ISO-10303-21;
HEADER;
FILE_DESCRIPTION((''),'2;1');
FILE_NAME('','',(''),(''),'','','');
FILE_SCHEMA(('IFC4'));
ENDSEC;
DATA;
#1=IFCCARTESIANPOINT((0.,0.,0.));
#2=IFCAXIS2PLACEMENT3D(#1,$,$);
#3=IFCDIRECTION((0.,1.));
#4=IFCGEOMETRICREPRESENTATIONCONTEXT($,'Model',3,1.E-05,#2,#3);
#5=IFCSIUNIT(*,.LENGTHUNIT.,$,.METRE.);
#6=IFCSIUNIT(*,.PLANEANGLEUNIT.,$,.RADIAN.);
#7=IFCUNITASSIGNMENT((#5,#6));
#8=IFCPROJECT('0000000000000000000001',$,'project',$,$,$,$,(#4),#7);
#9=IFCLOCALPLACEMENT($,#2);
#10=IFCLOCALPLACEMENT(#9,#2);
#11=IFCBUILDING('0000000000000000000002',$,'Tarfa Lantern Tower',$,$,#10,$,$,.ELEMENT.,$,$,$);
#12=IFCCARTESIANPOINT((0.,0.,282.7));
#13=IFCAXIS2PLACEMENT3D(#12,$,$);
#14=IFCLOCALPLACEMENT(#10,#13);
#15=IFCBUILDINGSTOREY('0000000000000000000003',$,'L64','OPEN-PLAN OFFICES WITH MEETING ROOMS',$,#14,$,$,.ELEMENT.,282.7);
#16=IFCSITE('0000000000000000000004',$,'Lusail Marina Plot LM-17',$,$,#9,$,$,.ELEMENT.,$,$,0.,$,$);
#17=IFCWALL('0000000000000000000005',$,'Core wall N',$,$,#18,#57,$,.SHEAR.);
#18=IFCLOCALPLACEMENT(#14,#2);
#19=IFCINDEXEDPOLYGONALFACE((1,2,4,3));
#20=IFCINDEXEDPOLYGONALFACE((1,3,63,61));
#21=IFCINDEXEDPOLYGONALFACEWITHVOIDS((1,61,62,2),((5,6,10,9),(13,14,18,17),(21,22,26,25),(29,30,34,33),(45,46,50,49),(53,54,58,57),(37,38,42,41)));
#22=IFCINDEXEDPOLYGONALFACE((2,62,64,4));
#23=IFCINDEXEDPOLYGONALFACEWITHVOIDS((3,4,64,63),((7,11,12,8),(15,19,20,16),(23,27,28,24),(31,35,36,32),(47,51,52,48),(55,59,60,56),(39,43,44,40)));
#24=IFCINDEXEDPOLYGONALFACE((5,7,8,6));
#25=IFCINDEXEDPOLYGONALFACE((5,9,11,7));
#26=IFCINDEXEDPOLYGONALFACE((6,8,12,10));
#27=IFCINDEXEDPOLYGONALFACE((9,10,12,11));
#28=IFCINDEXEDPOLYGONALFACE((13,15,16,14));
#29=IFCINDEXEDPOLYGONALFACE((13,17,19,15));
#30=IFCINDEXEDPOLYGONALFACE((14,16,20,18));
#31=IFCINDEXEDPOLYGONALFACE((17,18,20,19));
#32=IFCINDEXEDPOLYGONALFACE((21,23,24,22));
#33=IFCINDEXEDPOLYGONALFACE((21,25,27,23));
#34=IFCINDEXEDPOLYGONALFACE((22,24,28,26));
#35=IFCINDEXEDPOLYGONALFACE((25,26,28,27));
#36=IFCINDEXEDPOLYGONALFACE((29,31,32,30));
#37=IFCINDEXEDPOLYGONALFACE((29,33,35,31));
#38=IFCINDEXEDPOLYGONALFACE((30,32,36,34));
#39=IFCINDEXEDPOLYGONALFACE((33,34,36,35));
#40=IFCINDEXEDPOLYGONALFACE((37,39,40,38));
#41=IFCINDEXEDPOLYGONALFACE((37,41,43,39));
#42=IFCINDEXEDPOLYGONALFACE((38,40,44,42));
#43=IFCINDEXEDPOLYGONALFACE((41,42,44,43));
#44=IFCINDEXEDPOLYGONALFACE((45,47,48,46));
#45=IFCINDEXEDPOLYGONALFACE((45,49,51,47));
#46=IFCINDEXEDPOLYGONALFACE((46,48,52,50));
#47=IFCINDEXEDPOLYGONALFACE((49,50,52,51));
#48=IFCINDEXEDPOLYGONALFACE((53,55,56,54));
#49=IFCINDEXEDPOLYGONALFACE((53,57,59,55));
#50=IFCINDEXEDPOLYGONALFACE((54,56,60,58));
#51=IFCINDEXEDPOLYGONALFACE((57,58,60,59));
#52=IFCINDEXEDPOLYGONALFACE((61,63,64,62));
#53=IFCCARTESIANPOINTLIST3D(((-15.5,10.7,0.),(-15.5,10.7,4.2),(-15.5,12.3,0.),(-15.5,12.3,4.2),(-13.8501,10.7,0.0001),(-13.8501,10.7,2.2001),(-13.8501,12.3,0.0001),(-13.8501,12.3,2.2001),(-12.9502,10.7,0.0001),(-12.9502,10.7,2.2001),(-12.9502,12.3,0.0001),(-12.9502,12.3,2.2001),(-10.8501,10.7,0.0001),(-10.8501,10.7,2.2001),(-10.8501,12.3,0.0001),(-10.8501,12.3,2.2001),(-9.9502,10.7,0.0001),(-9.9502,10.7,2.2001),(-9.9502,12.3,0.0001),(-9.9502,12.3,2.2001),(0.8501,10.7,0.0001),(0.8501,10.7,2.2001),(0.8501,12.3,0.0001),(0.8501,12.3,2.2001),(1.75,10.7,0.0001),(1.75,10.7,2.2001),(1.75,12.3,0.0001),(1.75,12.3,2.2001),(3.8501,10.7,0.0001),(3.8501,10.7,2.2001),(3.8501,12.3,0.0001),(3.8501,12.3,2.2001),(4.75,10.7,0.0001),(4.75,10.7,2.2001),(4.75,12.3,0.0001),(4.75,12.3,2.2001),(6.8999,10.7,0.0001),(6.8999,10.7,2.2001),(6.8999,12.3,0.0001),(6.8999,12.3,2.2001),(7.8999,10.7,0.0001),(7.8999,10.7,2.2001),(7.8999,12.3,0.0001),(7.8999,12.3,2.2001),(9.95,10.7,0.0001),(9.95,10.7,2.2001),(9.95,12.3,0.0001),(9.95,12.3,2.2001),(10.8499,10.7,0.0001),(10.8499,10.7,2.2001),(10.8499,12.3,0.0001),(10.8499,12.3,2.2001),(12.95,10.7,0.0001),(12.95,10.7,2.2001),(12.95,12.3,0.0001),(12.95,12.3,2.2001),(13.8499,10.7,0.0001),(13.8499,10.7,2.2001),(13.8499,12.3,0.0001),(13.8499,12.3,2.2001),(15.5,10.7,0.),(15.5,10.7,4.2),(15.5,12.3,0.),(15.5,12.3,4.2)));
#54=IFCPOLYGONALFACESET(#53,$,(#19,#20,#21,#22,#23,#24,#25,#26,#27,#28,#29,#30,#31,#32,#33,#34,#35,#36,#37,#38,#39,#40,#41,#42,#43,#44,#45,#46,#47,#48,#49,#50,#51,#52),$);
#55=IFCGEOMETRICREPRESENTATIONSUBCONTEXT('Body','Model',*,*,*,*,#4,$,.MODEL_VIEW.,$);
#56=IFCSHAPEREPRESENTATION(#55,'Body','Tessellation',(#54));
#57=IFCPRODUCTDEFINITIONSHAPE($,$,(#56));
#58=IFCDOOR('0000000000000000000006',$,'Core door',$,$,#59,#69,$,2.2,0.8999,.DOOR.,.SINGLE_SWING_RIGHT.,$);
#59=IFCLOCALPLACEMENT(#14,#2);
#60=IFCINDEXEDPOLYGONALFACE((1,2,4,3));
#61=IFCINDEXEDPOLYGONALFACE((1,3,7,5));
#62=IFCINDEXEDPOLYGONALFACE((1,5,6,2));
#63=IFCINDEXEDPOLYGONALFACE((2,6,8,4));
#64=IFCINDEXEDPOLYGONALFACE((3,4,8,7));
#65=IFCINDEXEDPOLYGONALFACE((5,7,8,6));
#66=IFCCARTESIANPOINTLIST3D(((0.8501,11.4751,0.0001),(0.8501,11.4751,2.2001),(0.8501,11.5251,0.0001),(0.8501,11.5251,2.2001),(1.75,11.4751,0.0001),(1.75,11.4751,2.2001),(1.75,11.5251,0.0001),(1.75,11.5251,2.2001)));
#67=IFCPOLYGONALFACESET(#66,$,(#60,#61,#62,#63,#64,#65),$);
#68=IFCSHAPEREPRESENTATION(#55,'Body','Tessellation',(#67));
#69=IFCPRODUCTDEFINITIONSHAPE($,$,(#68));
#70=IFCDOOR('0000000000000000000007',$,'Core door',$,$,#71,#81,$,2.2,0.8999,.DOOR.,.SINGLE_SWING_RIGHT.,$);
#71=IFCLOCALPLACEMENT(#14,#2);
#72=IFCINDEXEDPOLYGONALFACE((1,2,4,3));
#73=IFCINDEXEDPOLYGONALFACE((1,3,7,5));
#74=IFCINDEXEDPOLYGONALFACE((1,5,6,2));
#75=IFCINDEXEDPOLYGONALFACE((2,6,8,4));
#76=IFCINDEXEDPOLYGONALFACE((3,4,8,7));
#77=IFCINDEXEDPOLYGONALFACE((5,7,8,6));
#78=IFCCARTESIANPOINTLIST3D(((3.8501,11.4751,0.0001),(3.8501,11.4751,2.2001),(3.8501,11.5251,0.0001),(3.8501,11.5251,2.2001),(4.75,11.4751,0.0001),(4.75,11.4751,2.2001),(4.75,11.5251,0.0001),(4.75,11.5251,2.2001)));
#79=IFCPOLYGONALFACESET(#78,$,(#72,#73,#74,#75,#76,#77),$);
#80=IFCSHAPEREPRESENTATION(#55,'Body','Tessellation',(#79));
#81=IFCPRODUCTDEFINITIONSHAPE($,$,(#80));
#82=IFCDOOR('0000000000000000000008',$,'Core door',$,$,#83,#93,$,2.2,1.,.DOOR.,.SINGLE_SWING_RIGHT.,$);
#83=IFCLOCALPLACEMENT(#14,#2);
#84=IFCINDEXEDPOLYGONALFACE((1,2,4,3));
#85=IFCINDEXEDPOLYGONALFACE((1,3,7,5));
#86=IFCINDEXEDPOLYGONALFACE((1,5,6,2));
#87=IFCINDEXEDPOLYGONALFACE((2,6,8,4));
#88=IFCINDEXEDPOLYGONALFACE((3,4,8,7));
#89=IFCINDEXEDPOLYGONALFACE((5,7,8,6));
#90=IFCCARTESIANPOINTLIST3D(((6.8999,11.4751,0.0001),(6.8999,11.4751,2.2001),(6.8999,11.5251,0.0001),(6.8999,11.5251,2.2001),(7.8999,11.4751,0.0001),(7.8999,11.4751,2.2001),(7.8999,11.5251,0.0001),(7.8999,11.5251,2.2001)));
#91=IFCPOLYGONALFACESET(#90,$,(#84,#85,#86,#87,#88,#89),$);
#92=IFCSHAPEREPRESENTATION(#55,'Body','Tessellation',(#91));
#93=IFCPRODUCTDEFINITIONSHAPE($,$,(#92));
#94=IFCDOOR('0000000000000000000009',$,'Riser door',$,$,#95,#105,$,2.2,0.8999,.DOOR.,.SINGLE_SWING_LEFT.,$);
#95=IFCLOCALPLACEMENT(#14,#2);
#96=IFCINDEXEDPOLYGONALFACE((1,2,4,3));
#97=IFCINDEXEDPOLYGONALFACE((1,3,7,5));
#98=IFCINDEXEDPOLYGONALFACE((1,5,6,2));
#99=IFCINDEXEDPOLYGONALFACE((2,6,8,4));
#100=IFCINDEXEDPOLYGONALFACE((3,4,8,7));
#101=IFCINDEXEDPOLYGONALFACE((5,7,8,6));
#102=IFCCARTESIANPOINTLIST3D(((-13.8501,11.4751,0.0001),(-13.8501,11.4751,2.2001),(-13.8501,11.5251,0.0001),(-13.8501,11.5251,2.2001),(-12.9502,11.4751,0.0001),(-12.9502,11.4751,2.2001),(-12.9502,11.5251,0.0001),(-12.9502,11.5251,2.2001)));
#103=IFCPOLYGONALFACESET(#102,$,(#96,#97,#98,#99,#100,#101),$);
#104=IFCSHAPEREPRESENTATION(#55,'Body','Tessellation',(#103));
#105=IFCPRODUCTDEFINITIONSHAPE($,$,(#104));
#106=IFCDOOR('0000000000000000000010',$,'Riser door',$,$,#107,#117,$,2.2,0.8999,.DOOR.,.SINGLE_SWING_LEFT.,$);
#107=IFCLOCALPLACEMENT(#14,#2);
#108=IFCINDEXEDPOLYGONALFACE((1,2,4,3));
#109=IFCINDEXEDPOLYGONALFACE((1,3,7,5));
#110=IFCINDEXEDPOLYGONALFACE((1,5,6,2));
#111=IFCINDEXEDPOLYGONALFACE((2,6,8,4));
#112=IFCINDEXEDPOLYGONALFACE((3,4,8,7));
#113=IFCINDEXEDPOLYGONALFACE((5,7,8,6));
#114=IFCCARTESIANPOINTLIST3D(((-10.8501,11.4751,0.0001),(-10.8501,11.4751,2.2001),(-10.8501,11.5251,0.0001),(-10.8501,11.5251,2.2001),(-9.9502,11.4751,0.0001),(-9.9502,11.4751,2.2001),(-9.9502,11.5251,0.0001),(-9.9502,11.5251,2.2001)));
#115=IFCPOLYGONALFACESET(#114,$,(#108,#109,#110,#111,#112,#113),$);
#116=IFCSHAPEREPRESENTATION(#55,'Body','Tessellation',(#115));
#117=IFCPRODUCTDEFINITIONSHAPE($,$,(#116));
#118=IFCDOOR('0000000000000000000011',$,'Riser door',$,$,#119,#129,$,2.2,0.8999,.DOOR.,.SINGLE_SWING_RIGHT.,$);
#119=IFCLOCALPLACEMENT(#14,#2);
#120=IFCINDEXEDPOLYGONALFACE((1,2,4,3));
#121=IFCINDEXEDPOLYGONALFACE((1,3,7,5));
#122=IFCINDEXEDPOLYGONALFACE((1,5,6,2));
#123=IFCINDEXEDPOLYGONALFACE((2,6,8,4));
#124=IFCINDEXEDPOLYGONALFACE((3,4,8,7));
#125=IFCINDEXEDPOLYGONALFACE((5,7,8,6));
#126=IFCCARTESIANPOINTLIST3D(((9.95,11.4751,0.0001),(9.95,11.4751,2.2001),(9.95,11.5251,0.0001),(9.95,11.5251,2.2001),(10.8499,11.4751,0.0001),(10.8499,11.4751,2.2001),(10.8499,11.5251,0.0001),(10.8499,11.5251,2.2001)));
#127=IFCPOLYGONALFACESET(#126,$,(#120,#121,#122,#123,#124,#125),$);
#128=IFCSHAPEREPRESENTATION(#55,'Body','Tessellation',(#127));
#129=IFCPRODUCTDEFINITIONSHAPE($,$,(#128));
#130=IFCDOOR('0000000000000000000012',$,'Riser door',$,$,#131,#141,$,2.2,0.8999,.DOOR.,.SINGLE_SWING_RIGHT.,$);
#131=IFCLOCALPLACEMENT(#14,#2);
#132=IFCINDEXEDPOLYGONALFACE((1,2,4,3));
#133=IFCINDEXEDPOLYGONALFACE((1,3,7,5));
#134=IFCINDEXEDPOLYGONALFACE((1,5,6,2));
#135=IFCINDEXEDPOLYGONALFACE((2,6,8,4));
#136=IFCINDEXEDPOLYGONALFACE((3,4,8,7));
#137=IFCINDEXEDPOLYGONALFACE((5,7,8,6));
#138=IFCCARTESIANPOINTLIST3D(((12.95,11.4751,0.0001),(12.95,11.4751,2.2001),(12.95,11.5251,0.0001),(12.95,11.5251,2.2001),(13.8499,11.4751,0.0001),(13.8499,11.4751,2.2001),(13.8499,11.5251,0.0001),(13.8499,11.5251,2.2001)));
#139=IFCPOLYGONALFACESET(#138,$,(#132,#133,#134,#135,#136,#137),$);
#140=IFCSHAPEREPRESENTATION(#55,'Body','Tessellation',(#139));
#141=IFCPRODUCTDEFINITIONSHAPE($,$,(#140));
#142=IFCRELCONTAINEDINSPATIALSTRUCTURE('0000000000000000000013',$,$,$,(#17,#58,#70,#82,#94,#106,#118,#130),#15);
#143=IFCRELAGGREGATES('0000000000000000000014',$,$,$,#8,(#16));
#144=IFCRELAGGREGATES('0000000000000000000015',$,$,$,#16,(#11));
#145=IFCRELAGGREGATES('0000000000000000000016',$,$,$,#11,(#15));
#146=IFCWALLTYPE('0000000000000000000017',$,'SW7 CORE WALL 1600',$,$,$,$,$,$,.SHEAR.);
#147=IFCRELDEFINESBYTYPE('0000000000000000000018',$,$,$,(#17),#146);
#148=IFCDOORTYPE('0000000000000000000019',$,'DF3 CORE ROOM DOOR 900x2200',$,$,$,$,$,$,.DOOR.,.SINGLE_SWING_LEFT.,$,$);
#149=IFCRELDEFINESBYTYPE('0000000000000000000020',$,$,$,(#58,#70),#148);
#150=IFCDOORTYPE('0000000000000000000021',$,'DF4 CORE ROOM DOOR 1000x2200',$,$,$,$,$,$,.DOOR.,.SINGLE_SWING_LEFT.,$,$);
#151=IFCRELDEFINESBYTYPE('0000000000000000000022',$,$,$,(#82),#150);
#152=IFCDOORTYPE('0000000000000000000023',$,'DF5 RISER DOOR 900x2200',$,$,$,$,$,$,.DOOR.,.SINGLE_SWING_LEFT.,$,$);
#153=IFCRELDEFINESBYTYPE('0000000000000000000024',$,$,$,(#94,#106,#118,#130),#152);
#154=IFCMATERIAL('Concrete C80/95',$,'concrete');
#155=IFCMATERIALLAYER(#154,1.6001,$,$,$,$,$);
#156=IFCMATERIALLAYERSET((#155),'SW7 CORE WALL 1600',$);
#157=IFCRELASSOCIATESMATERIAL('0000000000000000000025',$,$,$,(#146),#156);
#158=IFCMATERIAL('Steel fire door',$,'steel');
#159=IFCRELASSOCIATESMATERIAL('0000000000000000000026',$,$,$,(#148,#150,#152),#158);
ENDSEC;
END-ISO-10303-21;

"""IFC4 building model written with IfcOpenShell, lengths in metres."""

from ifc_helpers import new_model, si_unit, direction, frame, frame_2d, origin, place, context, subcontext, project, spatial, rectangle, extrude, material, layer, layer_set, type_object, element, fill, save


model = new_model("IFC4")

# Units and contexts
model_context = context("Model", 3, precision=1e-05, world=origin(), true_north=direction((0.0, 1.0)))
body_context = subcontext(model_context, "Body", "Model", "MODEL_VIEW")
ifc_project = project(units=[si_unit("LENGTHUNIT", "METRE"), si_unit("PLANEANGLEUNIT", "RADIAN")], contexts=[model_context])

# Site, building, storey
site_placement = place(None, origin())
site = spatial("IfcSite", under=ifc_project, at=site_placement, Name="Lusail Marina Plot LM-17", CompositionType="ELEMENT", RefElevation=0.0)
building_placement = place(site_placement, origin())
building = spatial("IfcBuilding", under=site, at=building_placement, Name="Tarfa Lantern Tower", CompositionType="ELEMENT")
storey_placement = place(building_placement, frame((0.0, 0.0, 282.7)))
storey = spatial("IfcBuildingStorey", under=building, at=storey_placement, Name="L64", Description="OPEN-PLAN OFFICES WITH MEETING ROOMS", CompositionType="ELEMENT", Elevation=282.7)

# Shared definitions
ifc_material_1 = material(Name="Concrete C80/95", Category="concrete")

# Shared definitions
ifc_material_2 = material(Name="Steel fire door", Category="steel")

# Wall, openings, doors
ifc_layer_1 = layer(ifc_material_1, 1.6001)
ifc_layer_set_1 = layer_set([ifc_layer_1], Name="SW7 CORE WALL 1600")
wall_type_1 = type_object("IfcWallType", Name="SW7 CORE WALL 1600", PredefinedType="SHEAR", material=ifc_layer_set_1)
wall_1_placement = place(storey_placement, frame((-15.5, 11.5, 0.0), z_axis=(0.0, 0.0, 1.0), x_axis=(1.0, 0.0, 0.0)))
wall_1 = element("IfcWall", 1, at=wall_1_placement, inside=storey, type_object=wall_type_1, Name="Core wall N", PredefinedType="SHEAR", context=body_context, shape_type="SweptSolid", body=[
    extrude(rectangle(XDim=31.0, YDim=1.6001, at=frame_2d((15.5, 0.0))), origin(), (0.0, 0.0, 1.0), 4.2),
])
opening_1_placement = place(wall_1_placement, frame((16.3501, 0.0, 0.0)))
opening_1 = element("IfcOpeningElement", 2, at=opening_1_placement, cuts=wall_1, PredefinedType="OPENING", context=body_context, shape_type="SweptSolid", body=[
    extrude(rectangle(XDim=0.8999, YDim=2.2, at=frame_2d((0.45, 1.1001))), frame((0.0, 0.8101, 0.0), z_axis=(0.0, -1.0, 0.0), x_axis=(1.0, 0.0, 0.0)), (0.0, 0.0, 1.0), 1.6201),
])
opening_2_placement = place(wall_1_placement, frame((19.3501, 0.0, 0.0)))
opening_2 = element("IfcOpeningElement", 3, at=opening_2_placement, cuts=wall_1, PredefinedType="OPENING", context=body_context, shape_type="SweptSolid", body=[
    extrude(rectangle(XDim=0.8999, YDim=2.2, at=frame_2d((0.45, 1.1001))), frame((0.0, 0.8101, 0.0), z_axis=(0.0, -1.0, 0.0), x_axis=(1.0, 0.0, 0.0)), (0.0, 0.0, 1.0), 1.6201),
])
opening_3_placement = place(wall_1_placement, frame((22.3999, 0.0, 0.0)))
opening_3 = element("IfcOpeningElement", 4, at=opening_3_placement, cuts=wall_1, PredefinedType="OPENING", context=body_context, shape_type="SweptSolid", body=[
    extrude(rectangle(XDim=1.0, YDim=2.2, at=frame_2d((0.5, 1.1001))), frame((0.0, 0.8101, 0.0), z_axis=(0.0, -1.0, 0.0), x_axis=(1.0, 0.0, 0.0)), (0.0, 0.0, 1.0), 1.6201),
])
opening_4_placement = place(wall_1_placement, frame((1.6499, 0.0, 0.0)))
opening_4 = element("IfcOpeningElement", 5, at=opening_4_placement, cuts=wall_1, PredefinedType="OPENING", context=body_context, shape_type="SweptSolid", body=[
    extrude(rectangle(XDim=0.8999, YDim=2.2, at=frame_2d((0.45, 1.1001))), frame((0.0, 0.8101, 0.0), z_axis=(0.0, -1.0, 0.0), x_axis=(1.0, 0.0, 0.0)), (0.0, 0.0, 1.0), 1.6201),
])
opening_5_placement = place(wall_1_placement, frame((4.6499, 0.0, 0.0)))
opening_5 = element("IfcOpeningElement", 6, at=opening_5_placement, cuts=wall_1, PredefinedType="OPENING", context=body_context, shape_type="SweptSolid", body=[
    extrude(rectangle(XDim=0.8999, YDim=2.2, at=frame_2d((0.45, 1.1001))), frame((0.0, 0.8101, 0.0), z_axis=(0.0, -1.0, 0.0), x_axis=(1.0, 0.0, 0.0)), (0.0, 0.0, 1.0), 1.6201),
])
opening_6_placement = place(wall_1_placement, frame((25.45, 0.0, 0.0)))
opening_6 = element("IfcOpeningElement", 7, at=opening_6_placement, cuts=wall_1, PredefinedType="OPENING", context=body_context, shape_type="SweptSolid", body=[
    extrude(rectangle(XDim=0.8999, YDim=2.2, at=frame_2d((0.45, 1.1001))), frame((0.0, 0.8101, 0.0), z_axis=(0.0, -1.0, 0.0), x_axis=(1.0, 0.0, 0.0)), (0.0, 0.0, 1.0), 1.6201),
])
opening_7_placement = place(wall_1_placement, frame((28.45, 0.0, 0.0)))
opening_7 = element("IfcOpeningElement", 8, at=opening_7_placement, cuts=wall_1, PredefinedType="OPENING", context=body_context, shape_type="SweptSolid", body=[
    extrude(rectangle(XDim=0.8999, YDim=2.2, at=frame_2d((0.45, 1.1001))), frame((0.0, 0.8101, 0.0), z_axis=(0.0, -1.0, 0.0), x_axis=(1.0, 0.0, 0.0)), (0.0, 0.0, 1.0), 1.6201),
])
door_type_1 = type_object("IfcDoorType", Name="DF3 CORE ROOM DOOR 900x2200", OperationType="SINGLE_SWING_LEFT", PredefinedType="DOOR", material=ifc_material_2)
door_1_placement = place(opening_1_placement, frame((0.8999, 0.0, 0.0), z_axis=(0.0, 0.0, 1.0), x_axis=(-1.0, 0.0, 0.0)))
door_1 = element("IfcDoor", 9, at=door_1_placement, inside=storey, type_object=door_type_1, Name="Core door", OperationType="SINGLE_SWING_RIGHT", OverallHeight=2.2, OverallWidth=0.8999, PredefinedType="DOOR", context=body_context, shape_type="SweptSolid", body=[
    extrude(rectangle(XDim=0.8999, YDim=2.2, at=frame_2d((0.45, 1.1001))), frame((0.0, 0.0249, 0.0), z_axis=(0.0, -1.0, 0.0), x_axis=(1.0, 0.0, 0.0)), (0.0, 0.0, 1.0), 0.05),
])
fill(opening_1, door_1)
door_2_placement = place(opening_2_placement, frame((0.8999, 0.0, 0.0), z_axis=(0.0, 0.0, 1.0), x_axis=(-1.0, 0.0, 0.0)))
door_2 = element("IfcDoor", 10, at=door_2_placement, inside=storey, type_object=door_type_1, Name="Core door", OperationType="SINGLE_SWING_RIGHT", OverallHeight=2.2, OverallWidth=0.8999, PredefinedType="DOOR", context=body_context, shape_type="SweptSolid", body=[
    extrude(rectangle(XDim=0.8999, YDim=2.2, at=frame_2d((0.45, 1.1001))), frame((0.0, 0.0249, 0.0), z_axis=(0.0, -1.0, 0.0), x_axis=(1.0, 0.0, 0.0)), (0.0, 0.0, 1.0), 0.05),
])
fill(opening_2, door_2)
door_type_2 = type_object("IfcDoorType", Name="DF4 CORE ROOM DOOR 1000x2200", OperationType="SINGLE_SWING_LEFT", PredefinedType="DOOR", material=ifc_material_2)
door_3_placement = place(opening_3_placement, frame((1.0, 0.0, 0.0), z_axis=(0.0, 0.0, 1.0), x_axis=(-1.0, 0.0, 0.0)))
door_3 = element("IfcDoor", 11, at=door_3_placement, inside=storey, type_object=door_type_2, Name="Core door", OperationType="SINGLE_SWING_RIGHT", OverallHeight=2.2, OverallWidth=1.0, PredefinedType="DOOR", context=body_context, shape_type="SweptSolid", body=[
    extrude(rectangle(XDim=1.0, YDim=2.2, at=frame_2d((0.5, 1.1001))), frame((0.0, 0.0249, 0.0), z_axis=(0.0, -1.0, 0.0), x_axis=(1.0, 0.0, 0.0)), (0.0, 0.0, 1.0), 0.05),
])
fill(opening_3, door_3)
door_type_3 = type_object("IfcDoorType", Name="DF5 RISER DOOR 900x2200", OperationType="SINGLE_SWING_LEFT", PredefinedType="DOOR", material=ifc_material_2)
door_4_placement = place(opening_4_placement, frame((0.8999, 0.0, 0.0), z_axis=(0.0, 0.0, 1.0), x_axis=(-1.0, 0.0, 0.0)))
door_4 = element("IfcDoor", 12, at=door_4_placement, inside=storey, type_object=door_type_3, Name="Riser door", OperationType="SINGLE_SWING_LEFT", OverallHeight=2.2, OverallWidth=0.8999, PredefinedType="DOOR", context=body_context, shape_type="SweptSolid", body=[
    extrude(rectangle(XDim=0.8999, YDim=2.2, at=frame_2d((0.45, 1.1001))), frame((0.0, 0.0249, 0.0), z_axis=(0.0, -1.0, 0.0), x_axis=(1.0, 0.0, 0.0)), (0.0, 0.0, 1.0), 0.05),
])
fill(opening_4, door_4)
door_5_placement = place(opening_5_placement, frame((0.8999, 0.0, 0.0), z_axis=(0.0, 0.0, 1.0), x_axis=(-1.0, 0.0, 0.0)))
door_5 = element("IfcDoor", 13, at=door_5_placement, inside=storey, type_object=door_type_3, Name="Riser door", OperationType="SINGLE_SWING_LEFT", OverallHeight=2.2, OverallWidth=0.8999, PredefinedType="DOOR", context=body_context, shape_type="SweptSolid", body=[
    extrude(rectangle(XDim=0.8999, YDim=2.2, at=frame_2d((0.45, 1.1001))), frame((0.0, 0.0249, 0.0), z_axis=(0.0, -1.0, 0.0), x_axis=(1.0, 0.0, 0.0)), (0.0, 0.0, 1.0), 0.05),
])
fill(opening_5, door_5)
door_6_placement = place(opening_6_placement, frame((0.8999, 0.0, 0.0), z_axis=(0.0, 0.0, 1.0), x_axis=(-1.0, 0.0, 0.0)))
door_6 = element("IfcDoor", 14, at=door_6_placement, inside=storey, type_object=door_type_3, Name="Riser door", OperationType="SINGLE_SWING_RIGHT", OverallHeight=2.2, OverallWidth=0.8999, PredefinedType="DOOR", context=body_context, shape_type="SweptSolid", body=[
    extrude(rectangle(XDim=0.8999, YDim=2.2, at=frame_2d((0.45, 1.1001))), frame((0.0, 0.0249, 0.0), z_axis=(0.0, -1.0, 0.0), x_axis=(1.0, 0.0, 0.0)), (0.0, 0.0, 1.0), 0.05),
])
fill(opening_6, door_6)
door_7_placement = place(opening_7_placement, frame((0.8999, 0.0, 0.0), z_axis=(0.0, 0.0, 1.0), x_axis=(-1.0, 0.0, 0.0)))
door_7 = element("IfcDoor", 15, at=door_7_placement, inside=storey, type_object=door_type_3, Name="Riser door", OperationType="SINGLE_SWING_RIGHT", OverallHeight=2.2, OverallWidth=0.8999, PredefinedType="DOOR", context=body_context, shape_type="SweptSolid", body=[
    extrude(rectangle(XDim=0.8999, YDim=2.2, at=frame_2d((0.45, 1.1001))), frame((0.0, 0.0249, 0.0), z_axis=(0.0, -1.0, 0.0), x_axis=(1.0, 0.0, 0.0)), (0.0, 0.0, 1.0), 0.05),
])
fill(opening_7, door_7)

save(model, "model.ifc")
